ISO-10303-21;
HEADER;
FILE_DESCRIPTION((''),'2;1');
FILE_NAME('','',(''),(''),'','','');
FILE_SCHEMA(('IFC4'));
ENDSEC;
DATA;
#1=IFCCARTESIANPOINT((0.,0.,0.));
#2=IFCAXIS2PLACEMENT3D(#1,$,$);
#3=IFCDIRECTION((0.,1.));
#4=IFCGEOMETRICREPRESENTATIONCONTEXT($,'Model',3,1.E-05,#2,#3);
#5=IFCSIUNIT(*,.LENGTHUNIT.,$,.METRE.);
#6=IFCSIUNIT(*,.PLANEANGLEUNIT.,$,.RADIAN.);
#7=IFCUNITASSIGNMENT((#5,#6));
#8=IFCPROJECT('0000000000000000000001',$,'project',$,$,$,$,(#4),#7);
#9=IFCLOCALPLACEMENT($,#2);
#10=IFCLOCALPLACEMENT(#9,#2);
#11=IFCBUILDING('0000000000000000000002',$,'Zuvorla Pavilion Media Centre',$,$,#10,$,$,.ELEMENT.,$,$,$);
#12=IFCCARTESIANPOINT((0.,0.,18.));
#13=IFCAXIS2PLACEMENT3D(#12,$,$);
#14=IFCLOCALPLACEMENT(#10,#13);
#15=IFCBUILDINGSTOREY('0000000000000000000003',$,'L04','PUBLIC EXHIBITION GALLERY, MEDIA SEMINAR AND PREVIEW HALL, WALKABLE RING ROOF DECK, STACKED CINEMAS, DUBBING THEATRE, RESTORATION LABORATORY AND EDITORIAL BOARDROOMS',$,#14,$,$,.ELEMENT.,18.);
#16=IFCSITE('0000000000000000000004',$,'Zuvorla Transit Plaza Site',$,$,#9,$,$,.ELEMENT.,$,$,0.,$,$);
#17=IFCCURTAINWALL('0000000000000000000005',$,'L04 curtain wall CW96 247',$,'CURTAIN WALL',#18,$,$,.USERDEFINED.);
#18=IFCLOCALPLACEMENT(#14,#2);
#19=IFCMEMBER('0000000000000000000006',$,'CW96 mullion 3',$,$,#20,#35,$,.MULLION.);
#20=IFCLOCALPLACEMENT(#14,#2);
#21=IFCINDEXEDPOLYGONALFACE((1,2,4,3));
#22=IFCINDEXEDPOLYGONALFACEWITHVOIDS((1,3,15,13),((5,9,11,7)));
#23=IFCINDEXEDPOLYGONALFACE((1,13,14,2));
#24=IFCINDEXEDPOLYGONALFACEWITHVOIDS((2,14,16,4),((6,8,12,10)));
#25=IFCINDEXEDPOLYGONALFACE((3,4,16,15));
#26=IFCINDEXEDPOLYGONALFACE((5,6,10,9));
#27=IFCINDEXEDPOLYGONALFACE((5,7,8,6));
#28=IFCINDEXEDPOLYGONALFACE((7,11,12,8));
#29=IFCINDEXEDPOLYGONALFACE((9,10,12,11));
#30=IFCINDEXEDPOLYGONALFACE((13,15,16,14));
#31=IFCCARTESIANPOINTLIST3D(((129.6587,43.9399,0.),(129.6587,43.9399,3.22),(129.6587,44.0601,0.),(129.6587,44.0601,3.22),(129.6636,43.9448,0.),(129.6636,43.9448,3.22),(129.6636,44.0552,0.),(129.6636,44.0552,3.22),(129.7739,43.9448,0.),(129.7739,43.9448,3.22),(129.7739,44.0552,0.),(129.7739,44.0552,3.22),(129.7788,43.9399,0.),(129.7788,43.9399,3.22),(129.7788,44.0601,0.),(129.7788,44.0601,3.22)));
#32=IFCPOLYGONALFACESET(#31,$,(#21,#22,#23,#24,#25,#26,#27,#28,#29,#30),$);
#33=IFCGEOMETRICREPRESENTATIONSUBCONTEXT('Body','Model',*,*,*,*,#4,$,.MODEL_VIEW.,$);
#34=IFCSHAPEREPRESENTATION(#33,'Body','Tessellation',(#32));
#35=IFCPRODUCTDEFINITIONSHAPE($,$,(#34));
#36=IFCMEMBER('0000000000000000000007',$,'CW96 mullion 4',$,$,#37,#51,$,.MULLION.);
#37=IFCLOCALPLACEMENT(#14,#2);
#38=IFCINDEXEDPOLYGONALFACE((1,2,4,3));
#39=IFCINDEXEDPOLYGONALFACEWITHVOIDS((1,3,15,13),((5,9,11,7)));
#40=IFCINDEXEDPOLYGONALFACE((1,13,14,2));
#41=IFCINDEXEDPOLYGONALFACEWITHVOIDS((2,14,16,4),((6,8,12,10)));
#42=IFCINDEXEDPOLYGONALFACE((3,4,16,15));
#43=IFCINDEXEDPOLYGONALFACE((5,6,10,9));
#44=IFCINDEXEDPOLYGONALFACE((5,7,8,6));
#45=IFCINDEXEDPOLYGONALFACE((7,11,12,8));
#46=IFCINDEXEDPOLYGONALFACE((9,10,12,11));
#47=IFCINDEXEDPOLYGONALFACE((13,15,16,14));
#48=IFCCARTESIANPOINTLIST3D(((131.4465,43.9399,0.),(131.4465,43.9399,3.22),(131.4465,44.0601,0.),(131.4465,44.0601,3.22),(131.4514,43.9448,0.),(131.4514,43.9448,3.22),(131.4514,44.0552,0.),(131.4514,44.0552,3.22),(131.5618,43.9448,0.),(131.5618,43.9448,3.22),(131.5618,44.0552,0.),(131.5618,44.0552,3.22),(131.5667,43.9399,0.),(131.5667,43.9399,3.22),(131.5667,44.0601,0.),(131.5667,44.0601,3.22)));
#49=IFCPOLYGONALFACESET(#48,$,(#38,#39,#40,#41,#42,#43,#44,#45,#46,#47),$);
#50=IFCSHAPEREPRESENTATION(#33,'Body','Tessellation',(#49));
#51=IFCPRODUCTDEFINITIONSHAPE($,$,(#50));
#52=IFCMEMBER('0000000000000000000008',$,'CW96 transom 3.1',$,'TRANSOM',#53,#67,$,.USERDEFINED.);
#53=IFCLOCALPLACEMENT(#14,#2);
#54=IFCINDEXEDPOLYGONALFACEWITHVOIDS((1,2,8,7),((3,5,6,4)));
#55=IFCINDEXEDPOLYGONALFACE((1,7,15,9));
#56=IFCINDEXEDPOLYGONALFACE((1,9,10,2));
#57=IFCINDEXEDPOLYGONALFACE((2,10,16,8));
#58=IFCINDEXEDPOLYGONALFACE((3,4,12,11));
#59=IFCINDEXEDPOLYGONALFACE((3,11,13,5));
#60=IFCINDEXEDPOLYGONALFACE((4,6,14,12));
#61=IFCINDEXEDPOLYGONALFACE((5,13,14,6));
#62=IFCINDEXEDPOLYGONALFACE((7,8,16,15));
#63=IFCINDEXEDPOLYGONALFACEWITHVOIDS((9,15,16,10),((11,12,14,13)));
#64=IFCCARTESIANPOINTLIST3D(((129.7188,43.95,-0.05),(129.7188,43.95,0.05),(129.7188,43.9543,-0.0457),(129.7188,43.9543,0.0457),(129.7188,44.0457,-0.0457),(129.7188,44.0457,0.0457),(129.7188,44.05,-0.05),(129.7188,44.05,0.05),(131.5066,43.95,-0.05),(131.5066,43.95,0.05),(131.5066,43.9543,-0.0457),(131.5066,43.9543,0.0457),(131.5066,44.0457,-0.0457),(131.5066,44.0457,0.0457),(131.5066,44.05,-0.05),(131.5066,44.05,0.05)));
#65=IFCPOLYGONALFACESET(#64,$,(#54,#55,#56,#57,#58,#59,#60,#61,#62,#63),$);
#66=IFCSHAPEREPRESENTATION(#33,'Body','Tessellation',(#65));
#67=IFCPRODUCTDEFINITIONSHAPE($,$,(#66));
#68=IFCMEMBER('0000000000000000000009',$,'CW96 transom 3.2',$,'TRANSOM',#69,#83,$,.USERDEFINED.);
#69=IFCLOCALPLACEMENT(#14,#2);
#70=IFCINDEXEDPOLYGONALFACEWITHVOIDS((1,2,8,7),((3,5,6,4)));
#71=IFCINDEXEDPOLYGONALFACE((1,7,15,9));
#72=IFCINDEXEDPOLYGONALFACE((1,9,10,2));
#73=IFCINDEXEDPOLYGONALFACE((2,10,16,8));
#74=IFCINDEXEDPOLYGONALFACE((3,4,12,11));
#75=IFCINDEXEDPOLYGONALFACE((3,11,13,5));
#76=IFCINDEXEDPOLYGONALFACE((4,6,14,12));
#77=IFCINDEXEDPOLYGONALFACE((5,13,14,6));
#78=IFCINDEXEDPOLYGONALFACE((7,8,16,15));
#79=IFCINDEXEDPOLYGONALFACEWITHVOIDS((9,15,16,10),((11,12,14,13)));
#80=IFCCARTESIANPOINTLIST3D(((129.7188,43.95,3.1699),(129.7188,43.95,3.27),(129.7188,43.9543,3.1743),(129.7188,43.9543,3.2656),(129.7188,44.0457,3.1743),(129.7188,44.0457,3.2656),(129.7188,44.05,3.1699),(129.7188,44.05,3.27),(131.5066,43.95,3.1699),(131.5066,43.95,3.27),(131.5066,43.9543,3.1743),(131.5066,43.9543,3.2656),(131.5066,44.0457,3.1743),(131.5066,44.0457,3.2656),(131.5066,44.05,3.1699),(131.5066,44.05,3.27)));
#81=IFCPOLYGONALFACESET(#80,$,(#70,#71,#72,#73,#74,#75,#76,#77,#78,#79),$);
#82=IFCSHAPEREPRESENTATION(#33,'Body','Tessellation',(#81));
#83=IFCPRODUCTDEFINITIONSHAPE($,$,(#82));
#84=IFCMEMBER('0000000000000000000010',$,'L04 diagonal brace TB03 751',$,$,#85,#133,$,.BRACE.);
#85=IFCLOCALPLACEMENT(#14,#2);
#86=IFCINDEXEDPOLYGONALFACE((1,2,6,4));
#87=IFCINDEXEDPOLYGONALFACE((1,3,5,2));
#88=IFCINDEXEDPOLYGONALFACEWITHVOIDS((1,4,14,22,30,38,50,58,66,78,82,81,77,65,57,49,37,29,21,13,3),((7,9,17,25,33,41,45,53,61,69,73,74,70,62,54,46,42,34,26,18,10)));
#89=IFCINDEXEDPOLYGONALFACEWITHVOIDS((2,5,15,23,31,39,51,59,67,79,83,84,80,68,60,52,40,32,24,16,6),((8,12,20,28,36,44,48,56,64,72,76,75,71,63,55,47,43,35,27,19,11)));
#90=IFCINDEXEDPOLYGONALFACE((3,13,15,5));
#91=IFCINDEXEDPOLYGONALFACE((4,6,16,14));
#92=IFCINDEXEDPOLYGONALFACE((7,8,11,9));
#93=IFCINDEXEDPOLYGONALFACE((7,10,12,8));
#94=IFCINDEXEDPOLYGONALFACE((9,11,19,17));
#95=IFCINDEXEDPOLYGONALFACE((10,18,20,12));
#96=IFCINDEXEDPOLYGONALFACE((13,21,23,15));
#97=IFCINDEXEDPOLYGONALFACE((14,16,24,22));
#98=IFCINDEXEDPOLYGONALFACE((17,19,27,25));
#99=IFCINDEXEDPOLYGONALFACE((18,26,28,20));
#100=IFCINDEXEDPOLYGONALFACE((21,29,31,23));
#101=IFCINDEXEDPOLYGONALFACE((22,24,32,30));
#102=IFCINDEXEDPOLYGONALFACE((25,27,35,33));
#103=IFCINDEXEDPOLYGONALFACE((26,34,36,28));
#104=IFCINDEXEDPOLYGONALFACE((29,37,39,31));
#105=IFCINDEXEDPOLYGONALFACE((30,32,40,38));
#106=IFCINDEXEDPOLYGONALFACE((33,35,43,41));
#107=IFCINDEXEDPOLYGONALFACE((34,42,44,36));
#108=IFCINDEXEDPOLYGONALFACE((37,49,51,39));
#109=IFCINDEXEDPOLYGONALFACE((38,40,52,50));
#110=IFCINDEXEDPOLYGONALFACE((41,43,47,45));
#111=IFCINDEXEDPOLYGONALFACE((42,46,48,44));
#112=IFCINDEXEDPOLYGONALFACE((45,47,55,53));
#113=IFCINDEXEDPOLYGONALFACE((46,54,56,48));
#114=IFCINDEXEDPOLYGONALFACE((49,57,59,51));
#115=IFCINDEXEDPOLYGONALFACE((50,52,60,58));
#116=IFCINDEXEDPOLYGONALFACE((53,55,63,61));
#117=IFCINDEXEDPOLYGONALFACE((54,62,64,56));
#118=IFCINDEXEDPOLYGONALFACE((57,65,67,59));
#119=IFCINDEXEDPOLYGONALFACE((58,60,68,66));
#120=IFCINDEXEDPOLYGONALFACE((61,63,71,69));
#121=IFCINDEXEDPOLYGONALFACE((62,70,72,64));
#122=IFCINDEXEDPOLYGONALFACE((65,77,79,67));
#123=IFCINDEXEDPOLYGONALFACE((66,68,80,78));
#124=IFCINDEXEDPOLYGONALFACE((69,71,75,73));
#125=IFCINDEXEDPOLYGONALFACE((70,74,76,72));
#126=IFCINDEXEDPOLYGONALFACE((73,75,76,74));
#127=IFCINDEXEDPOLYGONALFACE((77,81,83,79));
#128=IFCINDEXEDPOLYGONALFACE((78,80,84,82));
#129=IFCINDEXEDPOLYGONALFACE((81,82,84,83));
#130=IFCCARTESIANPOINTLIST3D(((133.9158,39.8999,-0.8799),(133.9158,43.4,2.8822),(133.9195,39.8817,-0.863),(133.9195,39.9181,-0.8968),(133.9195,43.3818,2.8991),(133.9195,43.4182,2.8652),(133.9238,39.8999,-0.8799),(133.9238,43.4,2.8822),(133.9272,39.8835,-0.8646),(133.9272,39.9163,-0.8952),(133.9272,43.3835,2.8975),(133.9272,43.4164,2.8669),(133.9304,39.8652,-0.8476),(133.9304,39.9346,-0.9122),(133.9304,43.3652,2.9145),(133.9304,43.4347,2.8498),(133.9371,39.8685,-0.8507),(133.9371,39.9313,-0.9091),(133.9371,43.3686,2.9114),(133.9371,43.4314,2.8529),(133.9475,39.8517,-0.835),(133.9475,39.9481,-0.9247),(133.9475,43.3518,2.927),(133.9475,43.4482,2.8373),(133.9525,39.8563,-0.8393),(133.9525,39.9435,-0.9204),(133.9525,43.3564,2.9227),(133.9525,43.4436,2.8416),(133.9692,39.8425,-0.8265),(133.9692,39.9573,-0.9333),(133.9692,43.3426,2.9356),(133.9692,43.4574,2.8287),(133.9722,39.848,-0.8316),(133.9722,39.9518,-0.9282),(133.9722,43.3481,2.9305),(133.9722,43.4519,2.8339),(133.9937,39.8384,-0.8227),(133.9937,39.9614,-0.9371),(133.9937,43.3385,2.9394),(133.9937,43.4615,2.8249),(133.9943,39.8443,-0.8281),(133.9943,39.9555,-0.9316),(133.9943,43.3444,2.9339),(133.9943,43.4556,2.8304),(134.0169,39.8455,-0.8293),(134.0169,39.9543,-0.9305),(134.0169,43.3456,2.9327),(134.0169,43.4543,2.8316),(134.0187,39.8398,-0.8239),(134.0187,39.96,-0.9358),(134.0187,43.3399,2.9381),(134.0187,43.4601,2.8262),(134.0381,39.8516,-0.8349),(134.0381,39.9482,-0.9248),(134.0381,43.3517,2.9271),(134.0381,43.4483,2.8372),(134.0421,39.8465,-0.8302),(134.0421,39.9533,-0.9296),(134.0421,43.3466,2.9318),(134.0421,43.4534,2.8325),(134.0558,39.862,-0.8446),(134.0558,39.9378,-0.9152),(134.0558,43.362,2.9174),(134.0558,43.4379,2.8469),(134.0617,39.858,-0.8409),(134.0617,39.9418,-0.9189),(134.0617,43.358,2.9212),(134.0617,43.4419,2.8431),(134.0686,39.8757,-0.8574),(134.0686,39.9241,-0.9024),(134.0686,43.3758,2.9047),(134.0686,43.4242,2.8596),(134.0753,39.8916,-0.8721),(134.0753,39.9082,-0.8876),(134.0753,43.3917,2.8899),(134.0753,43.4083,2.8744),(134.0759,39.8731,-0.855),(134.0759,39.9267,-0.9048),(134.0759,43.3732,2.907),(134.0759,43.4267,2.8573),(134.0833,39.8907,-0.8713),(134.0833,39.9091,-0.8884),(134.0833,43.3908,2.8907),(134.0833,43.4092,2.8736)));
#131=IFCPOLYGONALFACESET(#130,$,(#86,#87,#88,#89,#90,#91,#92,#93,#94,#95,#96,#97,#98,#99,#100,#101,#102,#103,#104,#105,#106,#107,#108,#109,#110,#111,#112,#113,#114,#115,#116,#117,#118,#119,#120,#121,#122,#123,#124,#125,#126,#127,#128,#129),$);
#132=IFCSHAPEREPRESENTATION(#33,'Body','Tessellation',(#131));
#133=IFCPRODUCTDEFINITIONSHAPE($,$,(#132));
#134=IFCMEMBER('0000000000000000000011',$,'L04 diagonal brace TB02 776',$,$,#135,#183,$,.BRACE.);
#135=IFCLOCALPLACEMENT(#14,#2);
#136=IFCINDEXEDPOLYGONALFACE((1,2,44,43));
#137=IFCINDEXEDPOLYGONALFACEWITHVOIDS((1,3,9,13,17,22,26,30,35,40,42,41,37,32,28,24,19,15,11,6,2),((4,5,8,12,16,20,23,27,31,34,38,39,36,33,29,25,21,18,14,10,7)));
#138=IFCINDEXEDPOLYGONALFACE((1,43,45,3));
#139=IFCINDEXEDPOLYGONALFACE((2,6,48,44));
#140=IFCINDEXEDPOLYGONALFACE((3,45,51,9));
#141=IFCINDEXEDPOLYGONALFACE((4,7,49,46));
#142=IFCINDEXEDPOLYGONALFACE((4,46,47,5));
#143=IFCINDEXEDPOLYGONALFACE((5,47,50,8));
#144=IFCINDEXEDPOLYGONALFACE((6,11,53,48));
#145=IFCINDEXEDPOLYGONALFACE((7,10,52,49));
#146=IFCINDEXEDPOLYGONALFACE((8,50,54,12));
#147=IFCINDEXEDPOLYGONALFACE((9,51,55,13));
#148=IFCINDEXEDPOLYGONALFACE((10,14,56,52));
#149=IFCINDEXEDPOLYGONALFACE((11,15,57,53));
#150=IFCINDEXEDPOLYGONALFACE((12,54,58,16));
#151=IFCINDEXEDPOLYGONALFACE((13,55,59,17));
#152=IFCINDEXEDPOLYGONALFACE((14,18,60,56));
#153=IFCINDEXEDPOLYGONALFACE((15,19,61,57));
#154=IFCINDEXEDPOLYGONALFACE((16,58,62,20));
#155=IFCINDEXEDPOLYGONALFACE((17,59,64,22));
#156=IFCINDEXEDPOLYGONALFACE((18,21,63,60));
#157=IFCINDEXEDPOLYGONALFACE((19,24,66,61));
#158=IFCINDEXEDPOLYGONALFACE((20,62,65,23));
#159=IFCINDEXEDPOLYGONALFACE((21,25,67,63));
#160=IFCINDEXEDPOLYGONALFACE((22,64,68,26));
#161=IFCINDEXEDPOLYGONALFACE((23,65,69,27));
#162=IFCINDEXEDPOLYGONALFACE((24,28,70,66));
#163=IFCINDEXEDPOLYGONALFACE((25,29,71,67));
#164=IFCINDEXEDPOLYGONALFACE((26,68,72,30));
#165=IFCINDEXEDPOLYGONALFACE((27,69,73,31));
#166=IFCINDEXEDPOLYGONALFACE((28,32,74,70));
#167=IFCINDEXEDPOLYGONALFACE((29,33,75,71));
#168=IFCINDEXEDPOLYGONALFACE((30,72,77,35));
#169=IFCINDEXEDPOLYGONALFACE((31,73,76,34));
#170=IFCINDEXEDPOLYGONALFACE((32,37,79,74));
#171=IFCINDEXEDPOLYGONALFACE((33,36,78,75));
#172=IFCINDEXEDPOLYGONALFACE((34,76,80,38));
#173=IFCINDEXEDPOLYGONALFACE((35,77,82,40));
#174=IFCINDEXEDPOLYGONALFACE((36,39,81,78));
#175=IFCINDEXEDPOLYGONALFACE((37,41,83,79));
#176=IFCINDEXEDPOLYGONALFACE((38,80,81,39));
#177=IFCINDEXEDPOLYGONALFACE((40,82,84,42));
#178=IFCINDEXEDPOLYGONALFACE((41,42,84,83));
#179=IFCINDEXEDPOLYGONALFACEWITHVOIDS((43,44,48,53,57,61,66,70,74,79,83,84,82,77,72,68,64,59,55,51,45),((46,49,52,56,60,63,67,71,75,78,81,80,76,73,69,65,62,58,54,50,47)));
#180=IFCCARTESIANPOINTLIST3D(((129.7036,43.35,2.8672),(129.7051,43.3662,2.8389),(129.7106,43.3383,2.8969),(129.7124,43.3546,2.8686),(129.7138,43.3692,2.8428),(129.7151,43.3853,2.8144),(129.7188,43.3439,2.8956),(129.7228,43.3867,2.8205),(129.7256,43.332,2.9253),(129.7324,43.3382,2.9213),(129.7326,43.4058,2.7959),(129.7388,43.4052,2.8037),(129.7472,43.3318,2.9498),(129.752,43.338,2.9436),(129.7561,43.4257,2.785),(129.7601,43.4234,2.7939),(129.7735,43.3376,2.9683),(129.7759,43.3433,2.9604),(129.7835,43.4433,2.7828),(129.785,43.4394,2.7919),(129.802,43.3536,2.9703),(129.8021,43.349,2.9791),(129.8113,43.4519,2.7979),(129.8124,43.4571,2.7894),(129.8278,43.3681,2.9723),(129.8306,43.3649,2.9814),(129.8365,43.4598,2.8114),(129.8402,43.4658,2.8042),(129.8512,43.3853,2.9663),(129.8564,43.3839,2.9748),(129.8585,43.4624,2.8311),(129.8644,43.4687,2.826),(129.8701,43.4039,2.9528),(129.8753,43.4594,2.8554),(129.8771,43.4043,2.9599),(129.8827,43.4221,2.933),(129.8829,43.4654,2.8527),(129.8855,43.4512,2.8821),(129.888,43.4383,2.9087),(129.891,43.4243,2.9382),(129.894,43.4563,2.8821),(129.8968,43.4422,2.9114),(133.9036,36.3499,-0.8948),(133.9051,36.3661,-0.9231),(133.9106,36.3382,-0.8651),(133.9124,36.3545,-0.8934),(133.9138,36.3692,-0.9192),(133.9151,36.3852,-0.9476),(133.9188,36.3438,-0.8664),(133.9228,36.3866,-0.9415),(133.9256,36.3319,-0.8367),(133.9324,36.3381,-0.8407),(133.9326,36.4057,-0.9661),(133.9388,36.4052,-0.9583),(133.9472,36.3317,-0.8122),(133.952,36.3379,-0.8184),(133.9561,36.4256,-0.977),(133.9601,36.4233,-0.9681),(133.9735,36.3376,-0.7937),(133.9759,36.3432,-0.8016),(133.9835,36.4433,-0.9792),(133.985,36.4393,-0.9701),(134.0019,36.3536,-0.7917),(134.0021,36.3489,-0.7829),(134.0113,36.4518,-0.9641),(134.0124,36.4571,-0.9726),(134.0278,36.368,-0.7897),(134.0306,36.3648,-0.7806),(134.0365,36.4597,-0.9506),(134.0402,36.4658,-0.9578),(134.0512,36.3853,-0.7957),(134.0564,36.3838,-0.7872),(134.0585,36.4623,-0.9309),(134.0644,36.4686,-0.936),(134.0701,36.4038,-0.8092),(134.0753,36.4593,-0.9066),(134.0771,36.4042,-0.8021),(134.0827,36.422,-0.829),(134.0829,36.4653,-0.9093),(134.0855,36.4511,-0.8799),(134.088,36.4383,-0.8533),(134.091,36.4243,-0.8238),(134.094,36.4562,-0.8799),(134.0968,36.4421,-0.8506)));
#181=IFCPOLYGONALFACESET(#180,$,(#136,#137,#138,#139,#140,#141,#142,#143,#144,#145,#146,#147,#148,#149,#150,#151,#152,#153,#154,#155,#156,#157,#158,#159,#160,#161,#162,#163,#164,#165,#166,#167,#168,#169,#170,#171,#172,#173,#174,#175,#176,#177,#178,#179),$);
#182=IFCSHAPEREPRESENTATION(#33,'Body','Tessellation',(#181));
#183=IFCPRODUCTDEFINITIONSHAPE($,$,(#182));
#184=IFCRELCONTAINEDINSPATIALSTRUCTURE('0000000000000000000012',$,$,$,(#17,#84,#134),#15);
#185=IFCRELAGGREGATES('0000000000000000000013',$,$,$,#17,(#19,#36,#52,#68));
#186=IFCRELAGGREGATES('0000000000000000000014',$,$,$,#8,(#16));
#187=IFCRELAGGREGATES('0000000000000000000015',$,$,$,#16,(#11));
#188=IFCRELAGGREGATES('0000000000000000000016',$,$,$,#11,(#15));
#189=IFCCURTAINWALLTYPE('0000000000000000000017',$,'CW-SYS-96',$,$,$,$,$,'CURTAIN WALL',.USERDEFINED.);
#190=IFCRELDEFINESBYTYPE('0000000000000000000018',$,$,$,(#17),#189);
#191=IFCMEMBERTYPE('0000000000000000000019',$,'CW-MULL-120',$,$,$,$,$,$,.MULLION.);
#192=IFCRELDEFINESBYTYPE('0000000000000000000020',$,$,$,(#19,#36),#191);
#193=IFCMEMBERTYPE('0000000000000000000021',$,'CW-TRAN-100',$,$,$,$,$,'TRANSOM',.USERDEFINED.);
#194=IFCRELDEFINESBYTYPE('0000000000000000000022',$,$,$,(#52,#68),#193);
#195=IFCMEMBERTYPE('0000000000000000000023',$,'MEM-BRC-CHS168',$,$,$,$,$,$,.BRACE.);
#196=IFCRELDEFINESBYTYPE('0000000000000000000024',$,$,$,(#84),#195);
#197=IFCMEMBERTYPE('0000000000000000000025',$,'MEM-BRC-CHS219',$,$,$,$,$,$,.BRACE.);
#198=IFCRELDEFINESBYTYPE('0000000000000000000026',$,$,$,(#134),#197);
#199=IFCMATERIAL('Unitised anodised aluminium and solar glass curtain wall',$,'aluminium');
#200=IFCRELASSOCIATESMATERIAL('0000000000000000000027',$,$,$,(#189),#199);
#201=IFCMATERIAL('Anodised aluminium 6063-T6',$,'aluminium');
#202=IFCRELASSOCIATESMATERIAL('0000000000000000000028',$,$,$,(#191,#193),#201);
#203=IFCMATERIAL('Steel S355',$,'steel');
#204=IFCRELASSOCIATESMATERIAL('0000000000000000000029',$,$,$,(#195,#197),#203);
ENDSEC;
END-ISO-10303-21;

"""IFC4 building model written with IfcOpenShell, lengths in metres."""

from ifc_helpers import new_model, si_unit, direction, frame, origin, origin_2d, place, context, subcontext, project, spatial, hollow_rectangle, hollow_circle, extrude, material, material_profile, profile_set, type_object, element, aggregate, save


model = new_model("IFC4")

# Units and contexts
model_context = context("Model", 3, precision=1e-05, world=origin(), true_north=direction((0.0, 1.0)))
body_context = subcontext(model_context, "Body", "Model", "MODEL_VIEW")
ifc_project = project(units=[si_unit("LENGTHUNIT", "METRE"), si_unit("PLANEANGLEUNIT", "RADIAN")], contexts=[model_context])

# Site, building, storey
site_placement = place(None, origin())
site = spatial("IfcSite", under=ifc_project, at=site_placement, Name="Zuvorla Transit Plaza Site", CompositionType="ELEMENT", RefElevation=0.0)
building_placement = place(site_placement, origin())
building = spatial("IfcBuilding", under=site, at=building_placement, Name="Zuvorla Pavilion Media Centre", CompositionType="ELEMENT")
storey_placement = place(building_placement, frame((0.0, 0.0, 18.0)))
storey = spatial("IfcBuildingStorey", under=building, at=storey_placement, Name="L04", Description="PUBLIC EXHIBITION GALLERY, MEDIA SEMINAR AND PREVIEW HALL, WALKABLE RING ROOF DECK, STACKED CINEMAS, DUBBING THEATRE, RESTORATION LABORATORY AND EDITORIAL BOARDROOMS", CompositionType="ELEMENT", Elevation=18.0)

# Curtain wall, members
ifc_material_1 = material(Name="Unitised anodised aluminium and solar glass curtain wall", Category="aluminium")
curtain_wall_type = type_object("IfcCurtainWallType", Name="CW-SYS-96", ElementType="CURTAIN WALL", PredefinedType="USERDEFINED", material=ifc_material_1)
curtain_wall_placement = place(storey_placement, origin())
curtain_wall = element("IfcCurtainWall", 1, at=curtain_wall_placement, inside=storey, type_object=curtain_wall_type, Name="L04 curtain wall CW96 247", ObjectType="CURTAIN WALL", PredefinedType="USERDEFINED")
ifc_material_2 = material(Name="Anodised aluminium 6063-T6", Category="aluminium")
ifc_material_profile_1 = material_profile(ifc_material_2, hollow_rectangle(XDim=0.1201, YDim=0.1201, WallThickness=0.0049, at=origin_2d()), Name="ALU MULL 120x120")
ifc_profile_set_1 = profile_set([ifc_material_profile_1], Name="Anodised aluminium 6063-T6")
member_type_1 = type_object("IfcMemberType", Name="CW-MULL-120", PredefinedType="MULLION", material=ifc_profile_set_1)
member_1_placement = place(storey_placement, frame((129.7188, 44.0, 0.0), z_axis=(0.0, 0.0, 1.0), x_axis=(1.0, 0.0, 0.0)))
member_1 = element("IfcMember", 2, at=member_1_placement, type_object=member_type_1, Name="CW96 mullion 3", PredefinedType="MULLION", context=body_context, shape_type="SweptSolid", body=[
    extrude(hollow_rectangle(XDim=0.1201, YDim=0.1201, WallThickness=0.0049, at=origin_2d()), origin(), (0.0, 0.0, 1.0), 3.22),
])
member_2_placement = place(storey_placement, frame((131.5066, 44.0, 0.0), z_axis=(0.0, 0.0, 1.0), x_axis=(1.0, 0.0, 0.0)))
member_2 = element("IfcMember", 3, at=member_2_placement, type_object=member_type_1, Name="CW96 mullion 4", PredefinedType="MULLION", context=body_context, shape_type="SweptSolid", body=[
    extrude(hollow_rectangle(XDim=0.1201, YDim=0.1201, WallThickness=0.0049, at=origin_2d()), origin(), (0.0, 0.0, 1.0), 3.22),
])
ifc_material_profile_2 = material_profile(ifc_material_2, hollow_rectangle(XDim=0.1001, YDim=0.1001, WallThickness=0.0044, at=origin_2d()), Name="ALU TRAN 100x100")
ifc_profile_set_2 = profile_set([ifc_material_profile_2], Name="Anodised aluminium 6063-T6")
member_type_2 = type_object("IfcMemberType", Name="CW-TRAN-100", ElementType="TRANSOM", PredefinedType="USERDEFINED", material=ifc_profile_set_2)
member_3_placement = place(storey_placement, frame((129.7188, 44.0, 0.0), z_axis=(1.0, 0.0, 0.0), x_axis=(0.0, 1.0, 0.0)))
member_3 = element("IfcMember", 4, at=member_3_placement, type_object=member_type_2, Name="CW96 transom 3.1", ObjectType="TRANSOM", PredefinedType="USERDEFINED", context=body_context, shape_type="SweptSolid", body=[
    extrude(hollow_rectangle(XDim=0.1001, YDim=0.1001, WallThickness=0.0044, at=origin_2d()), origin(), (0.0, 0.0, 1.0), 1.7878),
])
member_4_placement = place(storey_placement, frame((129.7188, 44.0, 3.22), z_axis=(1.0, 0.0, 0.0), x_axis=(0.0, 1.0, 0.0)))
member_4 = element("IfcMember", 5, at=member_4_placement, type_object=member_type_2, Name="CW96 transom 3.2", ObjectType="TRANSOM", PredefinedType="USERDEFINED", context=body_context, shape_type="SweptSolid", body=[
    extrude(hollow_rectangle(XDim=0.1001, YDim=0.1001, WallThickness=0.0044, at=origin_2d()), origin(), (0.0, 0.0, 1.0), 1.7878),
])

# Members
ifc_material_3 = material(Name="Steel S355", Category="steel")
ifc_material_profile_3 = material_profile(ifc_material_3, hollow_circle(Radius=0.0842, WallThickness=0.0081, at=origin_2d()), Name="CHS 168.3x8")
ifc_profile_set_3 = profile_set([ifc_material_profile_3], Name="Steel S355")
member_type_3 = type_object("IfcMemberType", Name="MEM-BRC-CHS168", PredefinedType="BRACE", material=ifc_profile_set_3)
member_5_placement = place(storey_placement, frame((134.0, 39.8999, -0.8799), z_axis=(0.0, 0.681156, 0.732138), x_axis=(-1.0, 0.0, 0.0)))
element("IfcMember", 6, at=member_5_placement, inside=storey, type_object=member_type_3, Name="L04 diagonal brace TB03 751", PredefinedType="BRACE", context=body_context, shape_type="SweptSolid", body=[
    extrude(hollow_circle(Radius=0.0842, WallThickness=0.0081, at=origin_2d()), origin(), (0.0, 0.0, 1.0), 5.1384),
])
ifc_material_profile_4 = material_profile(ifc_material_3, hollow_circle(Radius=0.1096, WallThickness=0.01, at=origin_2d()), Name="CHS 219.1x10")
ifc_profile_set_4 = profile_set([ifc_material_profile_4], Name="Steel S355")
member_type_4 = type_object("IfcMemberType", Name="MEM-BRC-CHS219", PredefinedType="BRACE", material=ifc_profile_set_4)
member_6_placement = place(storey_placement, frame((129.8, 43.3999, 2.8821), z_axis=(0.467262, -0.778779, -0.418534), x_axis=(0.857496, 0.514491, 0.0)))
element("IfcMember", 7, at=member_6_placement, inside=storey, type_object=member_type_4, Name="L04 diagonal brace TB02 776", PredefinedType="BRACE", context=body_context, shape_type="SweptSolid", body=[
    extrude(hollow_circle(Radius=0.1096, WallThickness=0.01, at=origin_2d()), origin(), (0.0, 0.0, 1.0), 8.9885),
])

aggregate(curtain_wall, [member_1, member_2, member_3, member_4])

save(model, "model.ifc")
